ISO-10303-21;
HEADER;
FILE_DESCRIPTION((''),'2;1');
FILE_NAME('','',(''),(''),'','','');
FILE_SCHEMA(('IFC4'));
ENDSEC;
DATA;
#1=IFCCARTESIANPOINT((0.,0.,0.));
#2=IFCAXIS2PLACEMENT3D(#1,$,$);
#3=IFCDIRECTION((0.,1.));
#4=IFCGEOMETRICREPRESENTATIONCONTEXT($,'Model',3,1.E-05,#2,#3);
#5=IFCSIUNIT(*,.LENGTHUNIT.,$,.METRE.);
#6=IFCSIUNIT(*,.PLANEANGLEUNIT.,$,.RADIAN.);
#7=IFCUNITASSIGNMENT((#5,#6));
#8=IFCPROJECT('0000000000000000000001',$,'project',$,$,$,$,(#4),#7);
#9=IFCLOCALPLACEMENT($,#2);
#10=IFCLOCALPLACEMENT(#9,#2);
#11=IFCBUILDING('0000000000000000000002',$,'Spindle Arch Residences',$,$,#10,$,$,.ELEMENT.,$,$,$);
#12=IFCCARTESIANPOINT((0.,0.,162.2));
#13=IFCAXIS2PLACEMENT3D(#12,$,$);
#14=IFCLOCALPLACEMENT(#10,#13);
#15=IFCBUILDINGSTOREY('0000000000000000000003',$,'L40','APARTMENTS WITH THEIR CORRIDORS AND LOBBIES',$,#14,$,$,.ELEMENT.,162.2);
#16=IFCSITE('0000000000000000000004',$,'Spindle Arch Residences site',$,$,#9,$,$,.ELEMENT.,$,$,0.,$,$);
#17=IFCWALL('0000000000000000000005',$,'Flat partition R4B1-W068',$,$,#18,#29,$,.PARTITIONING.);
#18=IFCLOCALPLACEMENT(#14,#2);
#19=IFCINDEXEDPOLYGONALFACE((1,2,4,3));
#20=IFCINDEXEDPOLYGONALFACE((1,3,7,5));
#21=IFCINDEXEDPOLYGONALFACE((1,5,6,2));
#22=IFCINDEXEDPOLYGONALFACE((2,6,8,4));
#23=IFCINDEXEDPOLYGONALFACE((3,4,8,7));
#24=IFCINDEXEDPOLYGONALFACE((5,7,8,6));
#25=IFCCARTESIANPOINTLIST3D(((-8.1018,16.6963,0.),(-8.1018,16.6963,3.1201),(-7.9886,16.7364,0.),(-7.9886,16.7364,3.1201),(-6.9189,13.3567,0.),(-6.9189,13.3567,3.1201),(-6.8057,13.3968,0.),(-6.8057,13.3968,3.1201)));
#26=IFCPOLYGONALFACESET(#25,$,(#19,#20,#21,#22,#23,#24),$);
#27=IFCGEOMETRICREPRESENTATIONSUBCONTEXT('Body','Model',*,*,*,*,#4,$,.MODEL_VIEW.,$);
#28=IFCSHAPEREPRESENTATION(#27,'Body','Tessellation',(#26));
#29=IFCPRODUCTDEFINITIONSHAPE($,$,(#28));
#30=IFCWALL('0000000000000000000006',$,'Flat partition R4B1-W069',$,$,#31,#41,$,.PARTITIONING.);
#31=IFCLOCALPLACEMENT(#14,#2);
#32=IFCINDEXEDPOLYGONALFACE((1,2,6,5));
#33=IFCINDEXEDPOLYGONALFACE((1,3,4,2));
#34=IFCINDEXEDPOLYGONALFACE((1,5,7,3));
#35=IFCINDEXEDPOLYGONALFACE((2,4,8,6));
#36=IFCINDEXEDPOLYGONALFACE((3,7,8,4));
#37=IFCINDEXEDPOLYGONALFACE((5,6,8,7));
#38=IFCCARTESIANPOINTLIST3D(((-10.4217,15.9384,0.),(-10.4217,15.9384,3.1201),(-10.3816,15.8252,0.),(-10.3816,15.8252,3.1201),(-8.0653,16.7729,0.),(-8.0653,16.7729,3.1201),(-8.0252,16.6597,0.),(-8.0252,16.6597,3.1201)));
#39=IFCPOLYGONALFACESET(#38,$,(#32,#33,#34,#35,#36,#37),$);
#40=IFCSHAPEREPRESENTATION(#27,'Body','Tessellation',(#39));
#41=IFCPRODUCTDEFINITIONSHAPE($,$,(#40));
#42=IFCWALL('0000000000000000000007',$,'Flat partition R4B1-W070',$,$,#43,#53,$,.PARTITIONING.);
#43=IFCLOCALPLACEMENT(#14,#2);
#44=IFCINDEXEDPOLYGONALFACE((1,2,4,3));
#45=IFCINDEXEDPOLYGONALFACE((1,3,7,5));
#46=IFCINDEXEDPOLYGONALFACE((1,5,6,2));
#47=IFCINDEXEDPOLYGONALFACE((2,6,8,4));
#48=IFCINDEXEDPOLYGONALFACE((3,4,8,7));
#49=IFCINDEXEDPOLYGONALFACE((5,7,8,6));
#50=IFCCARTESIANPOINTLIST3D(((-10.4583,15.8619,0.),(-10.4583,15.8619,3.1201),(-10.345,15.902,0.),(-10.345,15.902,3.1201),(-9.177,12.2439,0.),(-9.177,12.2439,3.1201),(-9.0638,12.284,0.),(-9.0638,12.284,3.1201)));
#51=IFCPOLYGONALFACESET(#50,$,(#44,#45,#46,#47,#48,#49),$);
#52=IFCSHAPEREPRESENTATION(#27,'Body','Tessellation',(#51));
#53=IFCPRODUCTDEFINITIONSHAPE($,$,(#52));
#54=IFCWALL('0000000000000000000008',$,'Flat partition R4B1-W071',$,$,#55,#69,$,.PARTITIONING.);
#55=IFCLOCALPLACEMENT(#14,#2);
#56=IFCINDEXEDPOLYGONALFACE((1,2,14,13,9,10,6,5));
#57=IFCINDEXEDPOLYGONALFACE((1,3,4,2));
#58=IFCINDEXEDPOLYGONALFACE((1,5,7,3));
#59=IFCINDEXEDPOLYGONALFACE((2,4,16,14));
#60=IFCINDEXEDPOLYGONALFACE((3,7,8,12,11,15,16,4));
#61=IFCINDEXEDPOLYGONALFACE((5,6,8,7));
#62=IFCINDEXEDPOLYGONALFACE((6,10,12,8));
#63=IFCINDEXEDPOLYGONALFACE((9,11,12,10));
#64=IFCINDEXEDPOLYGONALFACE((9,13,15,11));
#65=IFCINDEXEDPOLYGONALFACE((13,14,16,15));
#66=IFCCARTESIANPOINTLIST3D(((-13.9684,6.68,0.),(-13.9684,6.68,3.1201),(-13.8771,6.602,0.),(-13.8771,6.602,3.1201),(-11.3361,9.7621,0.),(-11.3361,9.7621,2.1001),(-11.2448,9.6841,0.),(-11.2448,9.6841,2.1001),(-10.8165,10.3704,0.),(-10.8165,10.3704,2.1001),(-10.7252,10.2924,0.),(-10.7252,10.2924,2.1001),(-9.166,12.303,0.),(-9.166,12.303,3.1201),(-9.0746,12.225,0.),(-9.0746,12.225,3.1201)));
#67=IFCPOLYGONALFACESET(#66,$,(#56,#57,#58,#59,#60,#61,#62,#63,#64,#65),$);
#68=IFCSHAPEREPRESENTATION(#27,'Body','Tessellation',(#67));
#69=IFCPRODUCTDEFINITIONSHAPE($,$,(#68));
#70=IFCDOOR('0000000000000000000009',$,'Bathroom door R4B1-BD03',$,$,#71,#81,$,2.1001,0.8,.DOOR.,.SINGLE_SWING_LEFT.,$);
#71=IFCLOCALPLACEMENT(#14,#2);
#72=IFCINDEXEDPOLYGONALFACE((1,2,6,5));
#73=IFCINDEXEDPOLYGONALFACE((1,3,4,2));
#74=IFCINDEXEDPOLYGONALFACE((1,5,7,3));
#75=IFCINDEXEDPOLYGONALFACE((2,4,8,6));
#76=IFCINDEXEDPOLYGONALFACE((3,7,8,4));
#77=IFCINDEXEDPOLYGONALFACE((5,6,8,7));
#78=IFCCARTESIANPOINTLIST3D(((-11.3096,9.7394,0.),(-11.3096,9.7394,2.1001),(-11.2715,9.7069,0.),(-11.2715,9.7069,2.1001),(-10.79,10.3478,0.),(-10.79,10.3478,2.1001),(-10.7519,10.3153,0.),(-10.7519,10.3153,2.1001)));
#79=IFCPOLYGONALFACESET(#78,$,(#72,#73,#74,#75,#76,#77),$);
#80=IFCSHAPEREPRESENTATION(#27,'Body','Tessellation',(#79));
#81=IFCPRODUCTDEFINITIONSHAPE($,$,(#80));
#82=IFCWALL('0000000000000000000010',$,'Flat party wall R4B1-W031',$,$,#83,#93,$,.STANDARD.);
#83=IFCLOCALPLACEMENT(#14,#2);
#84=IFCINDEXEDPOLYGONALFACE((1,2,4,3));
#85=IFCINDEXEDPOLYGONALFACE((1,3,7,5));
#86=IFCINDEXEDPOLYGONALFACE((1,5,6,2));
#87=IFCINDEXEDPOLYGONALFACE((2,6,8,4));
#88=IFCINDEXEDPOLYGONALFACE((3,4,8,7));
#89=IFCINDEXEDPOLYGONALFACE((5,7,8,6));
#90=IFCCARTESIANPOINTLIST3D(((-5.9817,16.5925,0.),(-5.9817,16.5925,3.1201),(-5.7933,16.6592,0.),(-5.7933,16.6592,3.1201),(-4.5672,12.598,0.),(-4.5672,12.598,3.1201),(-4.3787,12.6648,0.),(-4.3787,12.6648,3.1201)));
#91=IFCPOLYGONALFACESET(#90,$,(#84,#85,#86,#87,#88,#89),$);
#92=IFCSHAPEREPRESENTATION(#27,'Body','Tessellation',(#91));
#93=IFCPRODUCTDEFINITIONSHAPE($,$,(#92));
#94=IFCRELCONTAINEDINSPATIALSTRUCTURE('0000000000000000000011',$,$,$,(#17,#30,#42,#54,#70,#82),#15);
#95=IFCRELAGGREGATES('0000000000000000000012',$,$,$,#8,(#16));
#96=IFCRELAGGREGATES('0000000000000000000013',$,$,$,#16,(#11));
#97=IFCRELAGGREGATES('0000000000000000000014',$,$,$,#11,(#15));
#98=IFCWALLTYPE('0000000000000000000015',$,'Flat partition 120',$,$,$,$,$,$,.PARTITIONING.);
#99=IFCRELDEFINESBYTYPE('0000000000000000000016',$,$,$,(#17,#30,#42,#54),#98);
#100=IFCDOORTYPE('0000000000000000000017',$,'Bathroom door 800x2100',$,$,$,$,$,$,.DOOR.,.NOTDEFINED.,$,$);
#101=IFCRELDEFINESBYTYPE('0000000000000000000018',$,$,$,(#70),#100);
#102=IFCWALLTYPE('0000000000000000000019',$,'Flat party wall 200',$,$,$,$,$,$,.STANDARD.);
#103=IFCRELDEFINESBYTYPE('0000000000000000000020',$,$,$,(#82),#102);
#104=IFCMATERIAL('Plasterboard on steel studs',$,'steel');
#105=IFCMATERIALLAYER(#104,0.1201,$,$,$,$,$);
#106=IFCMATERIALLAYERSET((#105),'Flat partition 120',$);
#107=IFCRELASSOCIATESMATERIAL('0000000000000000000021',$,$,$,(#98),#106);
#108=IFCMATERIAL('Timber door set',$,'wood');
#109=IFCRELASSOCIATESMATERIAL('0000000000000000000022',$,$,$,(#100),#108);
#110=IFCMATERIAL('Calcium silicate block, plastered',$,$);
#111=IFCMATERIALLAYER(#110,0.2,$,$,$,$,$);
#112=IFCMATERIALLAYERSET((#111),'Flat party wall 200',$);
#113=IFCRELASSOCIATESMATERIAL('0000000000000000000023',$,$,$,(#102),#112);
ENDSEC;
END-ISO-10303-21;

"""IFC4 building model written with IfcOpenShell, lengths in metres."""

from ifc_helpers import new_model, si_unit, direction, frame, frame_2d, origin, place, context, subcontext, project, spatial, rectangle, extrude, material, layer, layer_set, type_object, element, fill, save


model = new_model("IFC4")

# Units and contexts
model_context = context("Model", 3, precision=1e-05, world=origin(), true_north=direction((0.0, 1.0)))
body_context = subcontext(model_context, "Body", "Model", "MODEL_VIEW")
ifc_project = project(units=[si_unit("LENGTHUNIT", "METRE"), si_unit("PLANEANGLEUNIT", "RADIAN")], contexts=[model_context])

# Site, building, storey
site_placement = place(None, origin())
site = spatial("IfcSite", under=ifc_project, at=site_placement, Name="Spindle Arch Residences site", CompositionType="ELEMENT", RefElevation=0.0)
building_placement = place(site_placement, origin())
building = spatial("IfcBuilding", under=site, at=building_placement, Name="Spindle Arch Residences", CompositionType="ELEMENT")
storey_placement = place(building_placement, frame((0.0, 0.0, 162.2)))
storey = spatial("IfcBuildingStorey", under=building, at=storey_placement, Name="L40", Description="APARTMENTS WITH THEIR CORRIDORS AND LOBBIES", CompositionType="ELEMENT", Elevation=162.2)

# Shared definitions
ifc_material_1 = material(Name="Plasterboard on steel studs", Category="steel")
ifc_layer_1 = layer(ifc_material_1, 0.1201)
ifc_layer_set_1 = layer_set([ifc_layer_1], Name="Flat partition 120")
wall_type_1 = type_object("IfcWallType", Name="Flat partition 120", PredefinedType="PARTITIONING", material=ifc_layer_set_1)

# Walls
wall_1_placement = place(storey_placement, frame((-6.8623, 13.3767, 0.0), z_axis=(0.0, 0.0, 1.0), x_axis=(-0.333869, 0.94262, 0.0)))
element("IfcWall", 1, at=wall_1_placement, inside=storey, type_object=wall_type_1, Name="Flat partition R4B1-W068", PredefinedType="PARTITIONING", context=body_context, shape_type="SweptSolid", body=[
    extrude(rectangle(XDim=3.543, YDim=0.1201, at=frame_2d((1.7715, 0.0))), origin(), (0.0, 0.0, 1.0), 3.1201),
])
wall_2_placement = place(storey_placement, frame((-8.0452, 16.7163, 0.0), z_axis=(0.0, 0.0, 1.0), x_axis=(-0.94264, -0.333811, 0.0)))
element("IfcWall", 2, at=wall_2_placement, inside=storey, type_object=wall_type_1, Name="Flat partition R4B1-W069", PredefinedType="PARTITIONING", context=body_context, shape_type="SweptSolid", body=[
    extrude(rectangle(XDim=2.4998, YDim=0.1201, at=frame_2d((1.25, 0.0))), origin(), (0.0, 0.0, 1.0), 3.1201),
])
wall_3_placement = place(storey_placement, frame((-10.4016, 15.8818, 0.0), z_axis=(0.0, 0.0, 1.0), x_axis=(0.333825, -0.942635, 0.0)))
element("IfcWall", 3, at=wall_3_placement, inside=storey, type_object=wall_type_1, Name="Flat partition R4B1-W070", PredefinedType="PARTITIONING", context=body_context, shape_type="SweptSolid", body=[
    extrude(rectangle(XDim=3.8381, YDim=0.1201, at=frame_2d((1.9189, 0.0))), origin(), (0.0, 0.0, 1.0), 3.1201),
])

# Wall, opening, door
wall_4_placement = place(storey_placement, frame((-9.1204, 12.2639, 0.0), z_axis=(0.0, 0.0, 1.0), x_axis=(-0.649444, -0.760409, 0.0)))
wall_4 = element("IfcWall", 4, at=wall_4_placement, inside=storey, type_object=wall_type_1, Name="Flat partition R4B1-W071", PredefinedType="PARTITIONING", context=body_context, shape_type="SweptSolid", body=[
    extrude(rectangle(XDim=7.3948, YDim=0.1201, at=frame_2d((3.6973, 0.0))), origin(), (0.0, 0.0, 1.0), 3.1201),
])
opening_1_placement = place(wall_4_placement, frame((2.5415, 0.0, 0.0)))
opening_1 = element("IfcOpeningElement", 5, at=opening_1_placement, cuts=wall_4, PredefinedType="OPENING", context=body_context, shape_type="SweptSolid", body=[
    extrude(rectangle(XDim=0.8, YDim=2.1001, at=frame_2d((0.3999, 1.05))), frame((0.0, 0.0701, 0.0), z_axis=(0.0, -1.0, 0.0), x_axis=(1.0, 0.0, 0.0)), (0.0, 0.0, 1.0), 0.1401),
])
ifc_material_2 = material(Name="Timber door set", Category="wood")
door_type_1 = type_object("IfcDoorType", Name="Bathroom door 800x2100", OperationType="NOTDEFINED", PredefinedType="DOOR", material=ifc_material_2)
door_1_placement = place(opening_1_placement, origin())
door_1 = element("IfcDoor", 6, at=door_1_placement, inside=storey, type_object=door_type_1, Name="Bathroom door R4B1-BD03", OperationType="SINGLE_SWING_LEFT", OverallHeight=2.1001, OverallWidth=0.8, PredefinedType="DOOR", context=body_context, shape_type="SweptSolid", body=[
    extrude(rectangle(XDim=0.8, YDim=2.1001, at=frame_2d((0.3999, 1.05))), frame((0.0, 0.0249, 0.0), z_axis=(0.0, -1.0, 0.0), x_axis=(1.0, 0.0, 0.0)), (0.0, 0.0, 1.0), 0.05),
])
fill(opening_1, door_1)

# Wall
ifc_material_3 = material(Name="Calcium silicate block, plastered")
ifc_layer_2 = layer(ifc_material_3, 0.2)
ifc_layer_set_2 = layer_set([ifc_layer_2], Name="Flat party wall 200")
wall_type_2 = type_object("IfcWallType", Name="Flat party wall 200", PredefinedType="STANDARD", material=ifc_layer_set_2)
wall_5_placement = place(storey_placement, frame((-5.8875, 16.6257, 0.0), z_axis=(0.0, 0.0, 1.0), x_axis=(0.33382, -0.942637, 0.0)))
element("IfcWall", 7, at=wall_5_placement, inside=storey, type_object=wall_type_2, Name="Flat party wall R4B1-W031", PredefinedType="STANDARD", context=body_context, shape_type="SweptSolid", body=[
    extrude(rectangle(XDim=4.2375, YDim=0.2, at=frame_2d((2.1187, 0.0))), origin(), (0.0, 0.0, 1.0), 3.1201),
])

save(model, "model.ifc")
